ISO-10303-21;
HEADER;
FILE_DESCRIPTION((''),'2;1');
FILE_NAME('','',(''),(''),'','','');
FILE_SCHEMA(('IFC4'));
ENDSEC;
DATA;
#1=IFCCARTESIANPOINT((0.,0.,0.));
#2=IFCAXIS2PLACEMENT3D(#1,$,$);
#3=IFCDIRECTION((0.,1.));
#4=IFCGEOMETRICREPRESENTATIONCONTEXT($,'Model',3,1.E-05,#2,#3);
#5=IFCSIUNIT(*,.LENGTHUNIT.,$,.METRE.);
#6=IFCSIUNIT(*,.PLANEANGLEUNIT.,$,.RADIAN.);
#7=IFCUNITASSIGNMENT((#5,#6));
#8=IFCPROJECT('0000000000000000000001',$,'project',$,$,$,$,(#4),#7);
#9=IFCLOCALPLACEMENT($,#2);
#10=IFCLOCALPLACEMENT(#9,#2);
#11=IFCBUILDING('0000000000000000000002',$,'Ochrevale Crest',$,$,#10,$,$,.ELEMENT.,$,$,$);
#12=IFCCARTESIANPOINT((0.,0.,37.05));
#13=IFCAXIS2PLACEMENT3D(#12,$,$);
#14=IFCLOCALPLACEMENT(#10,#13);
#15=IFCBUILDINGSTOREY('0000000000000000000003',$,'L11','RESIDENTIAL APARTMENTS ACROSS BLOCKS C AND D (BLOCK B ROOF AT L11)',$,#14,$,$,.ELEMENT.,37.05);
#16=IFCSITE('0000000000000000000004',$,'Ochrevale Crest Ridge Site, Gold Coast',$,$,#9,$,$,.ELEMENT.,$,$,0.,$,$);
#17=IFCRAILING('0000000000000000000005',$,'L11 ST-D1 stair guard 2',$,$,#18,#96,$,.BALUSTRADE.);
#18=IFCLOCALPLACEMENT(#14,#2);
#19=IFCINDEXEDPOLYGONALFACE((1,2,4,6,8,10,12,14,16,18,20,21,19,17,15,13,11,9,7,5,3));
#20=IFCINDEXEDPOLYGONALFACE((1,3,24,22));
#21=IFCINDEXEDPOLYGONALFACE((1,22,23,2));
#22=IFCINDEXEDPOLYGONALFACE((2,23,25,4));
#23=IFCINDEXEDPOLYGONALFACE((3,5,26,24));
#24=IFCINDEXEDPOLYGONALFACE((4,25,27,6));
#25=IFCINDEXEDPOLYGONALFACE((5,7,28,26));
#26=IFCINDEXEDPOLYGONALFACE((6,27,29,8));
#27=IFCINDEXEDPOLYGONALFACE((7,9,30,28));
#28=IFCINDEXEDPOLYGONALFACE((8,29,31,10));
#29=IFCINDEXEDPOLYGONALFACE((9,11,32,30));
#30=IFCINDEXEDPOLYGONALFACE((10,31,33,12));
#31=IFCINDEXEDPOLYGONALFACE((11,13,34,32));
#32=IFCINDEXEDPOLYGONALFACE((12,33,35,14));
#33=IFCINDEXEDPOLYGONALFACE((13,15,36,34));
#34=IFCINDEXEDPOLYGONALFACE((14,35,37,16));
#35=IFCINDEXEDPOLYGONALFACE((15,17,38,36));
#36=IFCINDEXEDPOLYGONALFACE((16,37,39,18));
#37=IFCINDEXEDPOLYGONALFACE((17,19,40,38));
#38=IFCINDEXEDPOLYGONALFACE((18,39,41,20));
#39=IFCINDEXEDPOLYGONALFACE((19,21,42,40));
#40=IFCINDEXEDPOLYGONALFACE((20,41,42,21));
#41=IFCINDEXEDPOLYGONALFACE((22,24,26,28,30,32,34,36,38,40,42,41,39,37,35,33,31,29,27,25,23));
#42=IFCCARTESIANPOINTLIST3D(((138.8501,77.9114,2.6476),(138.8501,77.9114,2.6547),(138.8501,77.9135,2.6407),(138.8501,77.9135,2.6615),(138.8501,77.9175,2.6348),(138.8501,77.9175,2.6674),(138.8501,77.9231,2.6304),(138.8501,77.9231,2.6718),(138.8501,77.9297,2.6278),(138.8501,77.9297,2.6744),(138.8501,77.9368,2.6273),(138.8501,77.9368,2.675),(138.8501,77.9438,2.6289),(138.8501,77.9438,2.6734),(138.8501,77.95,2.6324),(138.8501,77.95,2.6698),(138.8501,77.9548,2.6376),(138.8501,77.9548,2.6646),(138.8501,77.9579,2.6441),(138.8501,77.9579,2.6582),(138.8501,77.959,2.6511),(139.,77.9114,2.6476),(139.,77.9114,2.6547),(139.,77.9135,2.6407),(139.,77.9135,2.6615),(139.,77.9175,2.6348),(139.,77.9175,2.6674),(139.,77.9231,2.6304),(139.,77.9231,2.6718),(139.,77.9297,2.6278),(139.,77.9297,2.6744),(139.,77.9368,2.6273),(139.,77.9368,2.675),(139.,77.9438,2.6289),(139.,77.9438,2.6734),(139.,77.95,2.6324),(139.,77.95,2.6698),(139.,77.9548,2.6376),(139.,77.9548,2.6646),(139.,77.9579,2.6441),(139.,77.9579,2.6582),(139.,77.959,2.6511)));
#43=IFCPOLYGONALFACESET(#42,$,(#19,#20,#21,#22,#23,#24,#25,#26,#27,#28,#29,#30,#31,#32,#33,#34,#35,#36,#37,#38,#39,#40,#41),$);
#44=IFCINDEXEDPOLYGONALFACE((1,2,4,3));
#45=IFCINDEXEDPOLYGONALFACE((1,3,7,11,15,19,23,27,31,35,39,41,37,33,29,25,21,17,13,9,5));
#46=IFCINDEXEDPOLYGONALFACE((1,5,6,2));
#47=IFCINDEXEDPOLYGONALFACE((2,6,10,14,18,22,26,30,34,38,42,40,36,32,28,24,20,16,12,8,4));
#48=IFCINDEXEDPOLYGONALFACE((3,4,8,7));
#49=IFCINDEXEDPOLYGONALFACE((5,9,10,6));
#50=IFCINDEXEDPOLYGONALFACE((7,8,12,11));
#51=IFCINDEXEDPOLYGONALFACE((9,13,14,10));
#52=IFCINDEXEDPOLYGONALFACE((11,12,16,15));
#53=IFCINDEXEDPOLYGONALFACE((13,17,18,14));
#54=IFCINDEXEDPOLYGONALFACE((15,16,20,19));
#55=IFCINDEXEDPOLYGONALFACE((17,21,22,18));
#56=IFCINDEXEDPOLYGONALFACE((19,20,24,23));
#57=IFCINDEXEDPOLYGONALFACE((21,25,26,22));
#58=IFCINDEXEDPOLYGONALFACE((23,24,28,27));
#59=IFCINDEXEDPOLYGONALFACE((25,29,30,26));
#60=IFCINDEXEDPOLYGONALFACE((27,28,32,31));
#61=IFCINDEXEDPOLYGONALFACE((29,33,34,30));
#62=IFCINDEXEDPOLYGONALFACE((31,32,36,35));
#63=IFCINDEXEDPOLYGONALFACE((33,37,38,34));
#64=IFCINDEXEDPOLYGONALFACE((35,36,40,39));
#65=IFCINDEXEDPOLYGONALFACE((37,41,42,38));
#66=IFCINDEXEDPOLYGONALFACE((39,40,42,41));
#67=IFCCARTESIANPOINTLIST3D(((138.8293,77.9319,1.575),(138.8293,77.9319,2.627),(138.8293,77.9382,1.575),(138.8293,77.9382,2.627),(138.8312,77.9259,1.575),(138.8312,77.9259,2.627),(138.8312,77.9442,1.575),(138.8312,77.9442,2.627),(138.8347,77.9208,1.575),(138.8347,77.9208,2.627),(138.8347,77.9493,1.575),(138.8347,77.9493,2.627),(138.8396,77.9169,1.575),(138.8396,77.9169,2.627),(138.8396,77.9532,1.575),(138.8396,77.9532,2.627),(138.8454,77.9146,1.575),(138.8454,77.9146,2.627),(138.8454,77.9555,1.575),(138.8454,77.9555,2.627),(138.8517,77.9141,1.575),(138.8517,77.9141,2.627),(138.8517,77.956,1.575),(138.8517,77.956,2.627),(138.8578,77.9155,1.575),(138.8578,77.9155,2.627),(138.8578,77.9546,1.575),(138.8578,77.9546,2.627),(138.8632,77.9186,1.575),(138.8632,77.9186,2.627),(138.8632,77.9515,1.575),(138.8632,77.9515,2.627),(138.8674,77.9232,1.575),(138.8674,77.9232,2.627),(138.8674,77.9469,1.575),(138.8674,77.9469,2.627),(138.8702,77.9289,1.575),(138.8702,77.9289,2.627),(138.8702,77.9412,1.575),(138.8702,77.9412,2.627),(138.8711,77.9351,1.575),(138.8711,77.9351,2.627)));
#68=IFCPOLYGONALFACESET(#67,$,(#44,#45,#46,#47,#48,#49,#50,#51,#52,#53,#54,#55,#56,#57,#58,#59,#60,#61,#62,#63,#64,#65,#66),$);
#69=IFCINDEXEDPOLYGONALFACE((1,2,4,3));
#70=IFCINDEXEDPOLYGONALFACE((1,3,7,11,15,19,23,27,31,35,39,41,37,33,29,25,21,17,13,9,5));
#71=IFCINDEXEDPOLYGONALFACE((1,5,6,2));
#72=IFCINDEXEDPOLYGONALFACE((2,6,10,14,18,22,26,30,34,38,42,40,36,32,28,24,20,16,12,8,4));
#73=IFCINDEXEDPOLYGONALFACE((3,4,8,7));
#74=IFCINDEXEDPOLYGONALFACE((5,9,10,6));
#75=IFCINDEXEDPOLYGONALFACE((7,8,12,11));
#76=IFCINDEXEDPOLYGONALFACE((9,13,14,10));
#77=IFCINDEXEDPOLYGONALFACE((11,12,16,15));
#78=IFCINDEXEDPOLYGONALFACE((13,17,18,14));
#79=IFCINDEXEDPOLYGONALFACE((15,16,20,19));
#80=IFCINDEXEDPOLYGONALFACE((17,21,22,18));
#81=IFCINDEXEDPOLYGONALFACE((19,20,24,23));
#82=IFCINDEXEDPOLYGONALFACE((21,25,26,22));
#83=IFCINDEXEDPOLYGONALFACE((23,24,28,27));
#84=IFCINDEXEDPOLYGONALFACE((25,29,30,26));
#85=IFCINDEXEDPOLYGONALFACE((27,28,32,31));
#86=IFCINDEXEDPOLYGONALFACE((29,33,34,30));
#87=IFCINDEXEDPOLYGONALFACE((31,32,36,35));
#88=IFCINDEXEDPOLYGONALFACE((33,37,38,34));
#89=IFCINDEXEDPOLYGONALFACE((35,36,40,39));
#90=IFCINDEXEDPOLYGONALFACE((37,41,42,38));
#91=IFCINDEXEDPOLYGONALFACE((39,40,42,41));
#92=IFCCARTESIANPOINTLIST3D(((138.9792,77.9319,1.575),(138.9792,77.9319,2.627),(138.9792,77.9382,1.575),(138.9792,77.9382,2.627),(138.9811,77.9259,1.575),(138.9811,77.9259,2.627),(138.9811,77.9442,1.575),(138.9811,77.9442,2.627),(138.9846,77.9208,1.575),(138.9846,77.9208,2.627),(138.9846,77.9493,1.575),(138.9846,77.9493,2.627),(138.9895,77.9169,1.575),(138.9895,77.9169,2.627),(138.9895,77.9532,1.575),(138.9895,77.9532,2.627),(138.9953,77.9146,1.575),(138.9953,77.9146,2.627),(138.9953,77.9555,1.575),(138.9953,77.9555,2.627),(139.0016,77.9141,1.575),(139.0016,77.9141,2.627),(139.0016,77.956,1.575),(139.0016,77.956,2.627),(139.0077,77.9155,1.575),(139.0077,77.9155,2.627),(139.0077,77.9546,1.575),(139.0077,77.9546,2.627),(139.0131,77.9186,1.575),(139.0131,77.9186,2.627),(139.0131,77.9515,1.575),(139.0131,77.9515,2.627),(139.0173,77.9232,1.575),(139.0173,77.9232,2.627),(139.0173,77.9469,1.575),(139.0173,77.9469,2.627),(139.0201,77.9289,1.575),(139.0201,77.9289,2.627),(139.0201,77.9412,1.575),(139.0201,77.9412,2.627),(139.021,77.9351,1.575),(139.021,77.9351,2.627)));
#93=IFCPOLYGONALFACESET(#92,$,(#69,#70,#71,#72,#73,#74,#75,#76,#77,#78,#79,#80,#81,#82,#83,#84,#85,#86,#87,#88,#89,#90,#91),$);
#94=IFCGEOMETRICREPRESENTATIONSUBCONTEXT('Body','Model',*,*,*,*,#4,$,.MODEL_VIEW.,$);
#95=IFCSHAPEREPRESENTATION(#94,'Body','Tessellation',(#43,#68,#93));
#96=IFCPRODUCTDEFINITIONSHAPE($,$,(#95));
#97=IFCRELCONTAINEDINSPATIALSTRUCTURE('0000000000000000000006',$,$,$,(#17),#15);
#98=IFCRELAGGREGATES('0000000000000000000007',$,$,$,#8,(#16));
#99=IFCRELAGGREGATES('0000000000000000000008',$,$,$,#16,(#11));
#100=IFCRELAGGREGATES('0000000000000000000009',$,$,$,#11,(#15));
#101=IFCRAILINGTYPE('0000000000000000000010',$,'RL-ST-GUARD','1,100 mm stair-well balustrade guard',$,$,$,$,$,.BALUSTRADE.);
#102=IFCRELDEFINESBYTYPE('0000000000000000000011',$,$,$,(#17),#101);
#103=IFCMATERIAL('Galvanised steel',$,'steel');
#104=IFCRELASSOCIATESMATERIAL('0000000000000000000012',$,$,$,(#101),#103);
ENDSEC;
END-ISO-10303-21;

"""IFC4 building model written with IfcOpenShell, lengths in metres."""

from ifc_helpers import new_model, si_unit, direction, frame, origin, origin_2d, place, context, subcontext, project, spatial, circle, extrude, material, type_object, element, save


model = new_model("IFC4")

# Units and contexts
model_context = context("Model", 3, precision=1e-05, world=origin(), true_north=direction((0.0, 1.0)))
body_context = subcontext(model_context, "Body", "Model", "MODEL_VIEW")
ifc_project = project(units=[si_unit("LENGTHUNIT", "METRE"), si_unit("PLANEANGLEUNIT", "RADIAN")], contexts=[model_context])

# Site, building, storey
site_placement = place(None, origin())
site = spatial("IfcSite", under=ifc_project, at=site_placement, Name="Ochrevale Crest Ridge Site, Gold Coast", CompositionType="ELEMENT", RefElevation=0.0)
building_placement = place(site_placement, origin())
building = spatial("IfcBuilding", under=site, at=building_placement, Name="Ochrevale Crest", CompositionType="ELEMENT")
storey_placement = place(building_placement, frame((0.0, 0.0, 37.05)))
storey = spatial("IfcBuildingStorey", under=building, at=storey_placement, Name="L11", Description="RESIDENTIAL APARTMENTS ACROSS BLOCKS C AND D (BLOCK B ROOF AT L11)", CompositionType="ELEMENT", Elevation=37.05)

# Railing
ifc_material_1 = material(Name="Galvanised steel", Category="steel")
railing_type_1 = type_object("IfcRailingType", Name="RL-ST-GUARD", Description="1,100 mm stair-well balustrade guard", PredefinedType="BALUSTRADE", material=ifc_material_1)
railing_1_placement = place(storey_placement, frame((138.8501, 77.9351, 1.575)))
element("IfcRailing", 1, at=railing_1_placement, inside=storey, type_object=railing_type_1, Name="L11 ST-D1 stair guard 2", PredefinedType="BALUSTRADE", context=body_context, shape_type="SweptSolid", body=[
    extrude(circle(Radius=0.0239, at=origin_2d()), frame((0.0, 0.0, 1.0762), z_axis=(1.0, 0.0, 0.0), x_axis=(0.0, 1.0, 0.0)), (0.0, 0.0, 1.0), 0.1499),
    extrude(circle(Radius=0.021, at=origin_2d()), origin(), (0.0, 0.0, 1.0), 1.052),
    extrude(circle(Radius=0.021, at=origin_2d()), frame((0.1499, 0.0, 0.0)), (0.0, 0.0, 1.0), 1.052),
])

save(model, "model.ifc")
